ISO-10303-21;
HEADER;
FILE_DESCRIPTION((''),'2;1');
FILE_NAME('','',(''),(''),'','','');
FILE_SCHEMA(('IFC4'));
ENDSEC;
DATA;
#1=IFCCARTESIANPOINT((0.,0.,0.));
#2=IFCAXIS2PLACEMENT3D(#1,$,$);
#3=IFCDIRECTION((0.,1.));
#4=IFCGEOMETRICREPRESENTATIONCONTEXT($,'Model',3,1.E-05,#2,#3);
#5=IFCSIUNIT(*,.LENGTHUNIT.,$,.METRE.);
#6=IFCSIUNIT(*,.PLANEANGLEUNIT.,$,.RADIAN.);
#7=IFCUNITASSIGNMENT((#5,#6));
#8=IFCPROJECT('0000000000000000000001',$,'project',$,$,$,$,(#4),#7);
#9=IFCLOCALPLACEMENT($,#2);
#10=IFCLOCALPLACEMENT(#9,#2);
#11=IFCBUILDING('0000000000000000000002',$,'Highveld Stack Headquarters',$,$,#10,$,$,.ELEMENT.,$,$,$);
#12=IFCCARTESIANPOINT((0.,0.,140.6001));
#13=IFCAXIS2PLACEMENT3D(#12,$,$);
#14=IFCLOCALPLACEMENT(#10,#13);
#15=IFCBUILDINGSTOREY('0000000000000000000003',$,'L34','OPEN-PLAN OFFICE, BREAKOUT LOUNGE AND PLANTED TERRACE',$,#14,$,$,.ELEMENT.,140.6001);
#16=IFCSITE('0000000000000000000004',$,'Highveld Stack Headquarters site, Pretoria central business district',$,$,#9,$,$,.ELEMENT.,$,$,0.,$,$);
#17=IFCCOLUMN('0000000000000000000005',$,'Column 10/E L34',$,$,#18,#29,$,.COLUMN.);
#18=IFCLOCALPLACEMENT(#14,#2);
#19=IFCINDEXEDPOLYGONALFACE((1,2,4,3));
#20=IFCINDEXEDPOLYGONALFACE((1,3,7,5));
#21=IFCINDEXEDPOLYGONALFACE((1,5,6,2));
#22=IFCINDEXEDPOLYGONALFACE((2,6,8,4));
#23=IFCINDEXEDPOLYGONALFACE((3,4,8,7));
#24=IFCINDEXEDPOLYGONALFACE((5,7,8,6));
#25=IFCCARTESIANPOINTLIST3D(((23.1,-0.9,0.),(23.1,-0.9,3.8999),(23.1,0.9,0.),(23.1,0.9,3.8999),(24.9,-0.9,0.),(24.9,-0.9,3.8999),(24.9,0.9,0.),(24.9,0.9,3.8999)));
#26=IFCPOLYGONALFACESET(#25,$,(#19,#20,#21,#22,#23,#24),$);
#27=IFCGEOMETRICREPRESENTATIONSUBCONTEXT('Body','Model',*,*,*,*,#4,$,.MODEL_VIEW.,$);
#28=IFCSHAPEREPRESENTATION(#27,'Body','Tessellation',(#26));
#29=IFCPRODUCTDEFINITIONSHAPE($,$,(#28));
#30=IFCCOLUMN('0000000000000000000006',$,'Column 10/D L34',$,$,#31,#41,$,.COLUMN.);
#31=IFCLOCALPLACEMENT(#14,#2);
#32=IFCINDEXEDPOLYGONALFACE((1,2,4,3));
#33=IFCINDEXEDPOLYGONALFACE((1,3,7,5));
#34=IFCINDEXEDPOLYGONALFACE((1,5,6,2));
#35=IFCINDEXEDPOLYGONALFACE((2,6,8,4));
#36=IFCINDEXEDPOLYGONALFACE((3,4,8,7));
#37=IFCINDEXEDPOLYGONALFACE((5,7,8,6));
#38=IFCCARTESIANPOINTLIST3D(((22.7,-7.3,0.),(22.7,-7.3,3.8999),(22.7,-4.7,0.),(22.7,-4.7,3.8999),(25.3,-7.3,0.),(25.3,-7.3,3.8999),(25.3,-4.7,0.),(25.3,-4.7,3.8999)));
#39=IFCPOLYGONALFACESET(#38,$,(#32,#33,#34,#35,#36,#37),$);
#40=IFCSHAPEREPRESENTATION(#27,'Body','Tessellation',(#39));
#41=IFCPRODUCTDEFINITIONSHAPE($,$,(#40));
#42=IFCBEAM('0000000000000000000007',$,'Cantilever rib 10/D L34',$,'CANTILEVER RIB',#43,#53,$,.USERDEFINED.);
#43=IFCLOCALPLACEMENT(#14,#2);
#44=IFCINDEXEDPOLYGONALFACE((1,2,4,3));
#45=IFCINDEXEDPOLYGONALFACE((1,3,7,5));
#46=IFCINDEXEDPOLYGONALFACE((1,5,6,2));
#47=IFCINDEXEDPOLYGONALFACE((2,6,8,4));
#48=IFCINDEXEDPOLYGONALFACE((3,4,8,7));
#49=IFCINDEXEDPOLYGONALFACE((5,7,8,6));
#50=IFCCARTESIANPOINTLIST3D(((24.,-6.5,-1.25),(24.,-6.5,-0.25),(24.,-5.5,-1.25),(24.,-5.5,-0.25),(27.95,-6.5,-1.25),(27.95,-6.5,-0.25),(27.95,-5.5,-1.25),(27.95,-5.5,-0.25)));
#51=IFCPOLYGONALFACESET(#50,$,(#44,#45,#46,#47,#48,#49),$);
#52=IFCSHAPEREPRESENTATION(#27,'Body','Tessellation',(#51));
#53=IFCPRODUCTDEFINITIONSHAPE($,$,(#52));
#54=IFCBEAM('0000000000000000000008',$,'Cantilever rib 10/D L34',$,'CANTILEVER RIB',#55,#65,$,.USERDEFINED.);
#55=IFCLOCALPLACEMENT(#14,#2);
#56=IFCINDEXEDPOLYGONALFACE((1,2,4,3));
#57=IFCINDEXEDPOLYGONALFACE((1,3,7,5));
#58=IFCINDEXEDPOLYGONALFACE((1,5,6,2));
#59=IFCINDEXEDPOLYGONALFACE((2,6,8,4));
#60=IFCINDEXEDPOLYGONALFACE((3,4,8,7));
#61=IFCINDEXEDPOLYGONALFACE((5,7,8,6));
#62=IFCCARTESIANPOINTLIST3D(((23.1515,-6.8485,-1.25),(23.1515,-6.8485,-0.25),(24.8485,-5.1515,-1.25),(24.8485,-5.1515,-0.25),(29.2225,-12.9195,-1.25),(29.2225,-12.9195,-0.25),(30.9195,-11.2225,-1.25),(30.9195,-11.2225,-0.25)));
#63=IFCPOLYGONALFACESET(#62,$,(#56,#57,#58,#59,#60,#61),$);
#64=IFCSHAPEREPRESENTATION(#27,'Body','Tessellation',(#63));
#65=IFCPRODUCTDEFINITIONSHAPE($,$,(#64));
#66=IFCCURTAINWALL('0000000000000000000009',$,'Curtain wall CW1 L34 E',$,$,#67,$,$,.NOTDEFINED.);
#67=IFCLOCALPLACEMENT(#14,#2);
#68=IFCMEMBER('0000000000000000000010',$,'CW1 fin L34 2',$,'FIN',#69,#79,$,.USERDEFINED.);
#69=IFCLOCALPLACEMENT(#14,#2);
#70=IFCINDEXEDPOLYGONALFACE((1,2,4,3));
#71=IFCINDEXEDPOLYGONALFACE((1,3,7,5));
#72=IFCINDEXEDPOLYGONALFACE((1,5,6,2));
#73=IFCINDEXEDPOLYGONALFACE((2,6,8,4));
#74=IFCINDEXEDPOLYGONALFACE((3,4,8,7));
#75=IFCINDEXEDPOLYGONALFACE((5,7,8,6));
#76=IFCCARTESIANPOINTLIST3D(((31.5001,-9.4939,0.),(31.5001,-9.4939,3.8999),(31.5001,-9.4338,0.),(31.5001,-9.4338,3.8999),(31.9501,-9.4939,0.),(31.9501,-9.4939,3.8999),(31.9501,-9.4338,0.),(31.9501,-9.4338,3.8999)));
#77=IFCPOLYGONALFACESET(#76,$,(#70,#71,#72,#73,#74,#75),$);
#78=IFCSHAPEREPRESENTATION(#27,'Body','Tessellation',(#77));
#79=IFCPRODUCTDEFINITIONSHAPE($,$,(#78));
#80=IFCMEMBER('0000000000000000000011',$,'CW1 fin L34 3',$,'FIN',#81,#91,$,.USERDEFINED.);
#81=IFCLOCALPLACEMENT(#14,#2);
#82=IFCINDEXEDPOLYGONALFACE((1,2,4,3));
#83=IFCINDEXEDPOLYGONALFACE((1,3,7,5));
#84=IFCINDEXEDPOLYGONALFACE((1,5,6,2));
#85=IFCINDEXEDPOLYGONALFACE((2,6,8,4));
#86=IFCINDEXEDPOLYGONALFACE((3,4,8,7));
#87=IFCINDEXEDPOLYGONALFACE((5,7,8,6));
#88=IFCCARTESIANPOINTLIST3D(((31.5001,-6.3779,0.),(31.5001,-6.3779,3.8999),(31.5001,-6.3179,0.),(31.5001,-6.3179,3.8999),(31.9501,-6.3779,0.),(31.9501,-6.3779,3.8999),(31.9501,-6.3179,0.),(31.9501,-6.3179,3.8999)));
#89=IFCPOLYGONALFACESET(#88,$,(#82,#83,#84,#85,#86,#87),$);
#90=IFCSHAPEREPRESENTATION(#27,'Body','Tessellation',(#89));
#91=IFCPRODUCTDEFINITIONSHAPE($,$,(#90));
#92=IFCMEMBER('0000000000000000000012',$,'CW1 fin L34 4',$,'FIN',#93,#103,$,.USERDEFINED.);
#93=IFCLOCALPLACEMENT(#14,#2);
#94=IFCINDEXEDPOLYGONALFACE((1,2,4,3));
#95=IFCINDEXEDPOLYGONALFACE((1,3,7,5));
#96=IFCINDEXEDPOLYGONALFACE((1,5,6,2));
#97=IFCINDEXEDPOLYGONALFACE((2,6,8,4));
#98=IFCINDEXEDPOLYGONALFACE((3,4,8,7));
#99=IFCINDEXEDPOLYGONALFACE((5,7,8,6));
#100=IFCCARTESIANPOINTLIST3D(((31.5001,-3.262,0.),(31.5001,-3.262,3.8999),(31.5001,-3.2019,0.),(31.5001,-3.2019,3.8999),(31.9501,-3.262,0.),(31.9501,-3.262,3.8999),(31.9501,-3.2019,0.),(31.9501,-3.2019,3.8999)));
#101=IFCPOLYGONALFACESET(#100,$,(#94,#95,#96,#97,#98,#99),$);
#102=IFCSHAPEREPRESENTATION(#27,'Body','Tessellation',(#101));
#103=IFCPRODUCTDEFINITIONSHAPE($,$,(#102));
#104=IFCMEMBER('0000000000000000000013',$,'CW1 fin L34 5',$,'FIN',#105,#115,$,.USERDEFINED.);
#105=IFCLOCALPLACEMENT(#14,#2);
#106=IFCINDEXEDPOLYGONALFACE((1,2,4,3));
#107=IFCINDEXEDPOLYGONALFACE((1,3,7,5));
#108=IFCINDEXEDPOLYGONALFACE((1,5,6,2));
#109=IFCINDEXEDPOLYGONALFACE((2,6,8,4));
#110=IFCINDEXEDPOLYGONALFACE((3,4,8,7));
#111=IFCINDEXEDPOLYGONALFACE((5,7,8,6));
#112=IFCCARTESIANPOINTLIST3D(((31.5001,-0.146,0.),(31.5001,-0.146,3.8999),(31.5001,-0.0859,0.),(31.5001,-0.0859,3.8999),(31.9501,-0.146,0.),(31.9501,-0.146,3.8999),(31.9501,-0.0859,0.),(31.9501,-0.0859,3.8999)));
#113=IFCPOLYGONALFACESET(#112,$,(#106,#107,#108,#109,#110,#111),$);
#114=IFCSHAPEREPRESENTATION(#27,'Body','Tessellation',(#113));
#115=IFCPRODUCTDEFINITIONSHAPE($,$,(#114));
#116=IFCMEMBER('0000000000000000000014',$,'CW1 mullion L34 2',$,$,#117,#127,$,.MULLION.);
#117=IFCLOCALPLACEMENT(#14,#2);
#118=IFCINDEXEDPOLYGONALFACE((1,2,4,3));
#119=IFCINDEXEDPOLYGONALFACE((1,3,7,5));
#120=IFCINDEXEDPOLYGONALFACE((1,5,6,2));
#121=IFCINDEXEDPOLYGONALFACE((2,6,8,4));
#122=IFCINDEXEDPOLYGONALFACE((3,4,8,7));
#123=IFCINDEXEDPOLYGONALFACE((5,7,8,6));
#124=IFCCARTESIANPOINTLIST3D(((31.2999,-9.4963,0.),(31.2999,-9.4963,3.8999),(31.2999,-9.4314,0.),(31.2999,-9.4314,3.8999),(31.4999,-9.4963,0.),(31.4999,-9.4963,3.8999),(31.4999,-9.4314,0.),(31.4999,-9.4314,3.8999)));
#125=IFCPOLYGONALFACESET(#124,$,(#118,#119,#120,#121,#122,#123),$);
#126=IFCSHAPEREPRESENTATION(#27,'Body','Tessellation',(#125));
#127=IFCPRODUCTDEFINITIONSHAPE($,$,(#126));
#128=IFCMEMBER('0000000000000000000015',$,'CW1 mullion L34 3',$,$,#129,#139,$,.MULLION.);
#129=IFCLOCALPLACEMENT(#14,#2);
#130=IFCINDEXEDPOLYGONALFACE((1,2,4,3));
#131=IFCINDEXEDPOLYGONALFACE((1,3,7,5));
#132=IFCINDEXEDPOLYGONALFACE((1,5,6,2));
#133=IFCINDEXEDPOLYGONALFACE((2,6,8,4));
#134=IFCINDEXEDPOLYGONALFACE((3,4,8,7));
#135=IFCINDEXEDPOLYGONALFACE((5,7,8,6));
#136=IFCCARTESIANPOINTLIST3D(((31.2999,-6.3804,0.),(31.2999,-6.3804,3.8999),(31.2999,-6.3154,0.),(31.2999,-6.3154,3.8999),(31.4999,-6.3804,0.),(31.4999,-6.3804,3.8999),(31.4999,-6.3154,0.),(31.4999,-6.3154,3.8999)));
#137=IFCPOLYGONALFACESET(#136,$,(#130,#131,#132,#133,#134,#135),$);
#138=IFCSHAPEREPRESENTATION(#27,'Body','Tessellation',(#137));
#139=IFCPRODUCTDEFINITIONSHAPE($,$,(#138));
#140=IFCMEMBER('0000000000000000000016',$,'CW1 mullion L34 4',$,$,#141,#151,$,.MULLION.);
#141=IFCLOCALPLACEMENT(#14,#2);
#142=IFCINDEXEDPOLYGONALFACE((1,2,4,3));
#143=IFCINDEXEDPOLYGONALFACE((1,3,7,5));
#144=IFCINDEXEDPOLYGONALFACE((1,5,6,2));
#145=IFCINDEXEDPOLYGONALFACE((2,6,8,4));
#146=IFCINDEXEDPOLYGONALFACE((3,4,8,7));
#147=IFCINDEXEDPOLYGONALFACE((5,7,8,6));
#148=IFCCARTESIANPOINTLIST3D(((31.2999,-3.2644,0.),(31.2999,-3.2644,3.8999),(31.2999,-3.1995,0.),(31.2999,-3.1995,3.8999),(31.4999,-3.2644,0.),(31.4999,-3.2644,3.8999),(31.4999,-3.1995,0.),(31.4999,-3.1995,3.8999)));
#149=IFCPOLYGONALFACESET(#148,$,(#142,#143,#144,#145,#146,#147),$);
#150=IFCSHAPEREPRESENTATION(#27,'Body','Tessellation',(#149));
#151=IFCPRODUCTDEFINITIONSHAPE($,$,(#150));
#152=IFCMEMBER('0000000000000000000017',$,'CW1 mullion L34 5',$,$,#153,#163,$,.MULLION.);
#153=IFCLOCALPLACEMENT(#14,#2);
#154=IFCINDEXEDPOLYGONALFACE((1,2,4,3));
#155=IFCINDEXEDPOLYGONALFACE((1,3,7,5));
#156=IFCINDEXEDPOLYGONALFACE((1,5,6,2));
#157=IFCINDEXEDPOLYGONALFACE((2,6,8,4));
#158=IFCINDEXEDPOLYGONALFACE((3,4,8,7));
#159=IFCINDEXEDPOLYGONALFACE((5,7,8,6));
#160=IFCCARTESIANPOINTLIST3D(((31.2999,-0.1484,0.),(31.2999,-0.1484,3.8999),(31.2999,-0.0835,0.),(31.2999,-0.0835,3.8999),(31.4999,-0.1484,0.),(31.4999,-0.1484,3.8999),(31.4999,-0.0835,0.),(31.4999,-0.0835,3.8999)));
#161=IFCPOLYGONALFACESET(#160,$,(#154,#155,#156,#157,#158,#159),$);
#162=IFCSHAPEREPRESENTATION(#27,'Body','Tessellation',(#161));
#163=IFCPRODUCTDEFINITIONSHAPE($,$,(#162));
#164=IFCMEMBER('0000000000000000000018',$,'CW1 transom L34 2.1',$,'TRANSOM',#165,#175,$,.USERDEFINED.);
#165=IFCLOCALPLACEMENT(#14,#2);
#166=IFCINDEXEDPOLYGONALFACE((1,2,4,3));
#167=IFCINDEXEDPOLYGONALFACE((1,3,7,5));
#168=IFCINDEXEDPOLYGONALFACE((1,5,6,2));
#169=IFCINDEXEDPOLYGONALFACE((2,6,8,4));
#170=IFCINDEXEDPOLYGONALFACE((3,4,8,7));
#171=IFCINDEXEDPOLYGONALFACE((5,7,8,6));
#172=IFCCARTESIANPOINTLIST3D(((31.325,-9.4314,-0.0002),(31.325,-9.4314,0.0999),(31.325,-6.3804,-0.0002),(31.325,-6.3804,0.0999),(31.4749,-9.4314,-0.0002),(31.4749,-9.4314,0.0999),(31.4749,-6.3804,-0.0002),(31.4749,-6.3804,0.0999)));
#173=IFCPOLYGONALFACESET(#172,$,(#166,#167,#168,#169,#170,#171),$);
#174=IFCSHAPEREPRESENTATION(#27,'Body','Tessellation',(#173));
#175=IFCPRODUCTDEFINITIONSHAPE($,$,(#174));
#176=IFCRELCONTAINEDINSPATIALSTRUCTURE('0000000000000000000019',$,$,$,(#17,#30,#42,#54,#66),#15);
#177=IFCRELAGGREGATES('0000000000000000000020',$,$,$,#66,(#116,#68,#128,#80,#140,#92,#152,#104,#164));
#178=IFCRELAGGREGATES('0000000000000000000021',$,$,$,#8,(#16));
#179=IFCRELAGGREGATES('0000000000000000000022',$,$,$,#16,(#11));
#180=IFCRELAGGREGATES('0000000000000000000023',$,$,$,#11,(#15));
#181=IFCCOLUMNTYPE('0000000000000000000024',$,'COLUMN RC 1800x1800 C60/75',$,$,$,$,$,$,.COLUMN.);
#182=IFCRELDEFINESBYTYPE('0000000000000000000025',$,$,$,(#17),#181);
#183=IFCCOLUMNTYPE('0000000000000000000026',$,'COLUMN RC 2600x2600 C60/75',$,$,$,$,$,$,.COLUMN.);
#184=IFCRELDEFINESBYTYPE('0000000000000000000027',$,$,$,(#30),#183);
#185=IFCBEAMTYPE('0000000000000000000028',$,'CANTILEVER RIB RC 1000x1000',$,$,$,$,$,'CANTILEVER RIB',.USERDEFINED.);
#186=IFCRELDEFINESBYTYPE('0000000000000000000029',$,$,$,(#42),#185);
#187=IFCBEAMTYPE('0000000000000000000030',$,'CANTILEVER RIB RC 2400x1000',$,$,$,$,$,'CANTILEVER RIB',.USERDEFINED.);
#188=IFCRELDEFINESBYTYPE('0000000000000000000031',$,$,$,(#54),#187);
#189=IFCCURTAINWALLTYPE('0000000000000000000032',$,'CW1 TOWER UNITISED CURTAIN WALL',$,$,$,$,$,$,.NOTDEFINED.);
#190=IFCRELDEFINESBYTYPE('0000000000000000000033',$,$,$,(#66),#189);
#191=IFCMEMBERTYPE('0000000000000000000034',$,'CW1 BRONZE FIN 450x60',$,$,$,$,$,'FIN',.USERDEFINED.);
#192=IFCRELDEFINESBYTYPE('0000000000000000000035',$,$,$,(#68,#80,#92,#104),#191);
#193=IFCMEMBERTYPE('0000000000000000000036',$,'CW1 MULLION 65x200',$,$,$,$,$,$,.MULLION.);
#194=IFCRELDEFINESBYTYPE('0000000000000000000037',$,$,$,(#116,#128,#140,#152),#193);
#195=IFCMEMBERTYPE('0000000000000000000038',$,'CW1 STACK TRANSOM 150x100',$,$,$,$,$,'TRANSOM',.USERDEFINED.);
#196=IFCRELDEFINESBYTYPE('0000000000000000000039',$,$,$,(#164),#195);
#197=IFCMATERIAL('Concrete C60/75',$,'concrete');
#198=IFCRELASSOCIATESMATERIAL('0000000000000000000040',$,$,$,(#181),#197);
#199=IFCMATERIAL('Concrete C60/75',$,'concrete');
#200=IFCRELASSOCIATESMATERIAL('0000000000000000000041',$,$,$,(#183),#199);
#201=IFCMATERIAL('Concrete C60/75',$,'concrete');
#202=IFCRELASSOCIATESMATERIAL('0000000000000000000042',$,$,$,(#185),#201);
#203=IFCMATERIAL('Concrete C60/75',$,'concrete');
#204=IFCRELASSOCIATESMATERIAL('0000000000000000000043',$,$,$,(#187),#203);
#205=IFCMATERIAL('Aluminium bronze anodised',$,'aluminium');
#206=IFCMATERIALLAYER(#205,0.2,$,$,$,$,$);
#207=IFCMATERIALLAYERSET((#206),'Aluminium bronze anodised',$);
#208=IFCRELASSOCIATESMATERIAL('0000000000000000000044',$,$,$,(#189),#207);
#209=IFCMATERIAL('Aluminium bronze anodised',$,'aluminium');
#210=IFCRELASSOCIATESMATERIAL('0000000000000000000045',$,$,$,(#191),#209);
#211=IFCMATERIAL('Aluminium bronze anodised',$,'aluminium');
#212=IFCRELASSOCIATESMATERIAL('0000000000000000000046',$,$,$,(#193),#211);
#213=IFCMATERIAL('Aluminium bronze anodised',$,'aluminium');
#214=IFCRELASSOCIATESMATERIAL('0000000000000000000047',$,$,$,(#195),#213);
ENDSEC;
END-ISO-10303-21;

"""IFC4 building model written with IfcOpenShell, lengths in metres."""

from ifc_helpers import new_model, si_unit, direction, frame, origin, origin_2d, place, context, subcontext, project, spatial, rectangle, extrude, material, layer, layer_set, material_profile, profile_set, type_object, element, aggregate, save


model = new_model("IFC4")

# Units and contexts
model_context = context("Model", 3, precision=1e-05, world=origin(), true_north=direction((0.0, 1.0)))
body_context = subcontext(model_context, "Body", "Model", "MODEL_VIEW")
ifc_project = project(units=[si_unit("LENGTHUNIT", "METRE"), si_unit("PLANEANGLEUNIT", "RADIAN")], contexts=[model_context])

# Site, building, storey
site_placement = place(None, origin())
site = spatial("IfcSite", under=ifc_project, at=site_placement, Name="Highveld Stack Headquarters site, Pretoria central business district", CompositionType="ELEMENT", RefElevation=0.0)
building_placement = place(site_placement, origin())
building = spatial("IfcBuilding", under=site, at=building_placement, Name="Highveld Stack Headquarters", CompositionType="ELEMENT")
storey_placement = place(building_placement, frame((0.0, 0.0, 140.6001)))
storey = spatial("IfcBuildingStorey", under=building, at=storey_placement, Name="L34", Description="OPEN-PLAN OFFICE, BREAKOUT LOUNGE AND PLANTED TERRACE", CompositionType="ELEMENT", Elevation=140.6001)

# Columns
ifc_material_1 = material(Name="Concrete C60/75", Category="concrete")
ifc_material_profile_1 = material_profile(ifc_material_1, rectangle(XDim=1.8, YDim=1.8, at=origin_2d()), Name="RC 1800x1800")
ifc_profile_set_1 = profile_set([ifc_material_profile_1], Name="Concrete C60/75")
column_type_1 = type_object("IfcColumnType", Name="COLUMN RC 1800x1800 C60/75", PredefinedType="COLUMN", material=ifc_profile_set_1)
column_1_placement = place(storey_placement, frame((24.0, 0.0, 0.0), z_axis=(0.0, 0.0, 1.0), x_axis=(1.0, 0.0, 0.0)))
element("IfcColumn", 1, at=column_1_placement, inside=storey, type_object=column_type_1, Name="Column 10/E L34", PredefinedType="COLUMN", context=body_context, shape_type="SweptSolid", body=[
    extrude(rectangle(XDim=1.8, YDim=1.8, at=origin_2d()), origin(), (0.0, 0.0, 1.0), 3.8999),
])
ifc_material_2 = material(Name="Concrete C60/75", Category="concrete")
ifc_material_profile_2 = material_profile(ifc_material_2, rectangle(XDim=2.6001, YDim=2.6001, at=origin_2d()), Name="RC 2600x2600")
ifc_profile_set_2 = profile_set([ifc_material_profile_2], Name="Concrete C60/75")
column_type_2 = type_object("IfcColumnType", Name="COLUMN RC 2600x2600 C60/75", PredefinedType="COLUMN", material=ifc_profile_set_2)
column_2_placement = place(storey_placement, frame((24.0, -6.0, 0.0), z_axis=(0.0, 0.0, 1.0), x_axis=(1.0, 0.0, 0.0)))
element("IfcColumn", 2, at=column_2_placement, inside=storey, type_object=column_type_2, Name="Column 10/D L34", PredefinedType="COLUMN", context=body_context, shape_type="SweptSolid", body=[
    extrude(rectangle(XDim=2.6001, YDim=2.6001, at=origin_2d()), origin(), (0.0, 0.0, 1.0), 3.8999),
])

# Beams
ifc_material_3 = material(Name="Concrete C60/75", Category="concrete")
ifc_material_profile_3 = material_profile(ifc_material_3, rectangle(XDim=1.0, YDim=1.0, at=origin_2d()), Name="RC 1000x1000")
ifc_profile_set_3 = profile_set([ifc_material_profile_3], Name="Concrete C60/75")
beam_type_1 = type_object("IfcBeamType", Name="CANTILEVER RIB RC 1000x1000", ElementType="CANTILEVER RIB", PredefinedType="USERDEFINED", material=ifc_profile_set_3)
beam_1_placement = place(storey_placement, frame((24.0, -6.0, -0.75), z_axis=(1.0, 0.0, 0.0), x_axis=(0.0, 1.0, 0.0)))
element("IfcBeam", 3, at=beam_1_placement, inside=storey, type_object=beam_type_1, Name="Cantilever rib 10/D L34", ObjectType="CANTILEVER RIB", PredefinedType="USERDEFINED", context=body_context, shape_type="SweptSolid", body=[
    extrude(rectangle(XDim=1.0, YDim=1.0, at=origin_2d()), origin(), (0.0, 0.0, 1.0), 3.95),
])
ifc_material_4 = material(Name="Concrete C60/75", Category="concrete")
ifc_material_profile_4 = material_profile(ifc_material_4, rectangle(XDim=2.3999, YDim=1.0, at=origin_2d()), Name="RC 2400x1000")
ifc_profile_set_4 = profile_set([ifc_material_profile_4], Name="Concrete C60/75")
beam_type_2 = type_object("IfcBeamType", Name="CANTILEVER RIB RC 2400x1000", ElementType="CANTILEVER RIB", PredefinedType="USERDEFINED", material=ifc_profile_set_4)
beam_2_placement = place(storey_placement, frame((24.0, -6.0, -0.75), z_axis=(0.707107, -0.707107, 0.0), x_axis=(0.707107, 0.707107, 0.0)))
element("IfcBeam", 4, at=beam_2_placement, inside=storey, type_object=beam_type_2, Name="Cantilever rib 10/D L34", ObjectType="CANTILEVER RIB", PredefinedType="USERDEFINED", context=body_context, shape_type="SweptSolid", body=[
    extrude(rectangle(XDim=2.3999, YDim=1.0, at=origin_2d()), origin(), (0.0, 0.0, 1.0), 8.5857),
])

# Curtain wall, members
ifc_material_5 = material(Name="Aluminium bronze anodised", Category="aluminium")
ifc_layer_1 = layer(ifc_material_5, 0.2)
ifc_layer_set_1 = layer_set([ifc_layer_1], Name="Aluminium bronze anodised")
curtain_wall_type = type_object("IfcCurtainWallType", Name="CW1 TOWER UNITISED CURTAIN WALL", PredefinedType="NOTDEFINED", material=ifc_layer_set_1)
curtain_wall_placement = place(storey_placement, origin())
curtain_wall = element("IfcCurtainWall", 5, at=curtain_wall_placement, inside=storey, type_object=curtain_wall_type, Name="Curtain wall CW1 L34 E", PredefinedType="NOTDEFINED")
ifc_material_6 = material(Name="Aluminium bronze anodised", Category="aluminium")
ifc_material_profile_5 = material_profile(ifc_material_6, rectangle(XDim=0.45, YDim=0.0601, at=origin_2d()), Name="FIN 450x60")
ifc_profile_set_5 = profile_set([ifc_material_profile_5], Name="Aluminium bronze anodised")
member_type_1 = type_object("IfcMemberType", Name="CW1 BRONZE FIN 450x60", ElementType="FIN", PredefinedType="USERDEFINED", material=ifc_profile_set_5)
member_1_placement = place(storey_placement, frame((31.7251, -9.4639, 0.0), z_axis=(0.0, 0.0, 1.0), x_axis=(-1.0, 0.0, 0.0)))
member_1 = element("IfcMember", 6, at=member_1_placement, type_object=member_type_1, Name="CW1 fin L34 2", ObjectType="FIN", PredefinedType="USERDEFINED", context=body_context, shape_type="SweptSolid", body=[
    extrude(rectangle(XDim=0.45, YDim=0.0601, at=origin_2d()), origin(), (0.0, 0.0, 1.0), 3.8999),
])
member_2_placement = place(storey_placement, frame((31.7251, -6.3479, 0.0), z_axis=(0.0, 0.0, 1.0), x_axis=(-1.0, 0.0, 0.0)))
member_2 = element("IfcMember", 7, at=member_2_placement, type_object=member_type_1, Name="CW1 fin L34 3", ObjectType="FIN", PredefinedType="USERDEFINED", context=body_context, shape_type="SweptSolid", body=[
    extrude(rectangle(XDim=0.45, YDim=0.0601, at=origin_2d()), origin(), (0.0, 0.0, 1.0), 3.8999),
])
member_3_placement = place(storey_placement, frame((31.7251, -3.2319, 0.0), z_axis=(0.0, 0.0, 1.0), x_axis=(-1.0, 0.0, 0.0)))
member_3 = element("IfcMember", 8, at=member_3_placement, type_object=member_type_1, Name="CW1 fin L34 4", ObjectType="FIN", PredefinedType="USERDEFINED", context=body_context, shape_type="SweptSolid", body=[
    extrude(rectangle(XDim=0.45, YDim=0.0601, at=origin_2d()), origin(), (0.0, 0.0, 1.0), 3.8999),
])
member_4_placement = place(storey_placement, frame((31.7251, -0.116, 0.0), z_axis=(0.0, 0.0, 1.0), x_axis=(-1.0, 0.0, 0.0)))
member_4 = element("IfcMember", 9, at=member_4_placement, type_object=member_type_1, Name="CW1 fin L34 5", ObjectType="FIN", PredefinedType="USERDEFINED", context=body_context, shape_type="SweptSolid", body=[
    extrude(rectangle(XDim=0.45, YDim=0.0601, at=origin_2d()), origin(), (0.0, 0.0, 1.0), 3.8999),
])
ifc_material_7 = material(Name="Aluminium bronze anodised", Category="aluminium")
ifc_material_profile_6 = material_profile(ifc_material_7, rectangle(XDim=0.2, YDim=0.0649, at=origin_2d()), Name="CW1 MULLION 65x200")
ifc_profile_set_6 = profile_set([ifc_material_profile_6], Name="Aluminium bronze anodised")
member_type_2 = type_object("IfcMemberType", Name="CW1 MULLION 65x200", PredefinedType="MULLION", material=ifc_profile_set_6)
member_5_placement = place(storey_placement, frame((31.3999, -9.4639, 0.0), z_axis=(0.0, 0.0, 1.0), x_axis=(-1.0, 0.0, 0.0)))
member_5 = element("IfcMember", 10, at=member_5_placement, type_object=member_type_2, Name="CW1 mullion L34 2", PredefinedType="MULLION", context=body_context, shape_type="SweptSolid", body=[
    extrude(rectangle(XDim=0.2, YDim=0.0649, at=origin_2d()), origin(), (0.0, 0.0, 1.0), 3.8999),
])
member_6_placement = place(storey_placement, frame((31.3999, -6.3479, 0.0), z_axis=(0.0, 0.0, 1.0), x_axis=(-1.0, 0.0, 0.0)))
member_6 = element("IfcMember", 11, at=member_6_placement, type_object=member_type_2, Name="CW1 mullion L34 3", PredefinedType="MULLION", context=body_context, shape_type="SweptSolid", body=[
    extrude(rectangle(XDim=0.2, YDim=0.0649, at=origin_2d()), origin(), (0.0, 0.0, 1.0), 3.8999),
])
member_7_placement = place(storey_placement, frame((31.3999, -3.2319, 0.0), z_axis=(0.0, 0.0, 1.0), x_axis=(-1.0, 0.0, 0.0)))
member_7 = element("IfcMember", 12, at=member_7_placement, type_object=member_type_2, Name="CW1 mullion L34 4", PredefinedType="MULLION", context=body_context, shape_type="SweptSolid", body=[
    extrude(rectangle(XDim=0.2, YDim=0.0649, at=origin_2d()), origin(), (0.0, 0.0, 1.0), 3.8999),
])
member_8_placement = place(storey_placement, frame((31.3999, -0.116, 0.0), z_axis=(0.0, 0.0, 1.0), x_axis=(-1.0, 0.0, 0.0)))
member_8 = element("IfcMember", 13, at=member_8_placement, type_object=member_type_2, Name="CW1 mullion L34 5", PredefinedType="MULLION", context=body_context, shape_type="SweptSolid", body=[
    extrude(rectangle(XDim=0.2, YDim=0.0649, at=origin_2d()), origin(), (0.0, 0.0, 1.0), 3.8999),
])
ifc_material_8 = material(Name="Aluminium bronze anodised", Category="aluminium")
ifc_material_profile_7 = material_profile(ifc_material_8, rectangle(XDim=0.1499, YDim=0.1001, at=origin_2d()), Name="CW1 TRANSOM 150x100")
ifc_profile_set_7 = profile_set([ifc_material_profile_7], Name="Aluminium bronze anodised")
member_type_3 = type_object("IfcMemberType", Name="CW1 STACK TRANSOM 150x100", ElementType="TRANSOM", PredefinedType="USERDEFINED", material=ifc_profile_set_7)
member_9_placement = place(storey_placement, frame((31.3999, -9.4314, 0.0498), z_axis=(0.0, 1.0, 0.0), x_axis=(-1.0, 0.0, 0.0)))
member_9 = element("IfcMember", 14, at=member_9_placement, type_object=member_type_3, Name="CW1 transom L34 2.1", ObjectType="TRANSOM", PredefinedType="USERDEFINED", context=body_context, shape_type="SweptSolid", body=[
    extrude(rectangle(XDim=0.1499, YDim=0.1001, at=origin_2d()), origin(), (0.0, 0.0, 1.0), 3.051),
])
aggregate(curtain_wall, [member_5, member_1, member_6, member_2, member_7, member_3, member_8, member_4, member_9])

save(model, "model.ifc")
